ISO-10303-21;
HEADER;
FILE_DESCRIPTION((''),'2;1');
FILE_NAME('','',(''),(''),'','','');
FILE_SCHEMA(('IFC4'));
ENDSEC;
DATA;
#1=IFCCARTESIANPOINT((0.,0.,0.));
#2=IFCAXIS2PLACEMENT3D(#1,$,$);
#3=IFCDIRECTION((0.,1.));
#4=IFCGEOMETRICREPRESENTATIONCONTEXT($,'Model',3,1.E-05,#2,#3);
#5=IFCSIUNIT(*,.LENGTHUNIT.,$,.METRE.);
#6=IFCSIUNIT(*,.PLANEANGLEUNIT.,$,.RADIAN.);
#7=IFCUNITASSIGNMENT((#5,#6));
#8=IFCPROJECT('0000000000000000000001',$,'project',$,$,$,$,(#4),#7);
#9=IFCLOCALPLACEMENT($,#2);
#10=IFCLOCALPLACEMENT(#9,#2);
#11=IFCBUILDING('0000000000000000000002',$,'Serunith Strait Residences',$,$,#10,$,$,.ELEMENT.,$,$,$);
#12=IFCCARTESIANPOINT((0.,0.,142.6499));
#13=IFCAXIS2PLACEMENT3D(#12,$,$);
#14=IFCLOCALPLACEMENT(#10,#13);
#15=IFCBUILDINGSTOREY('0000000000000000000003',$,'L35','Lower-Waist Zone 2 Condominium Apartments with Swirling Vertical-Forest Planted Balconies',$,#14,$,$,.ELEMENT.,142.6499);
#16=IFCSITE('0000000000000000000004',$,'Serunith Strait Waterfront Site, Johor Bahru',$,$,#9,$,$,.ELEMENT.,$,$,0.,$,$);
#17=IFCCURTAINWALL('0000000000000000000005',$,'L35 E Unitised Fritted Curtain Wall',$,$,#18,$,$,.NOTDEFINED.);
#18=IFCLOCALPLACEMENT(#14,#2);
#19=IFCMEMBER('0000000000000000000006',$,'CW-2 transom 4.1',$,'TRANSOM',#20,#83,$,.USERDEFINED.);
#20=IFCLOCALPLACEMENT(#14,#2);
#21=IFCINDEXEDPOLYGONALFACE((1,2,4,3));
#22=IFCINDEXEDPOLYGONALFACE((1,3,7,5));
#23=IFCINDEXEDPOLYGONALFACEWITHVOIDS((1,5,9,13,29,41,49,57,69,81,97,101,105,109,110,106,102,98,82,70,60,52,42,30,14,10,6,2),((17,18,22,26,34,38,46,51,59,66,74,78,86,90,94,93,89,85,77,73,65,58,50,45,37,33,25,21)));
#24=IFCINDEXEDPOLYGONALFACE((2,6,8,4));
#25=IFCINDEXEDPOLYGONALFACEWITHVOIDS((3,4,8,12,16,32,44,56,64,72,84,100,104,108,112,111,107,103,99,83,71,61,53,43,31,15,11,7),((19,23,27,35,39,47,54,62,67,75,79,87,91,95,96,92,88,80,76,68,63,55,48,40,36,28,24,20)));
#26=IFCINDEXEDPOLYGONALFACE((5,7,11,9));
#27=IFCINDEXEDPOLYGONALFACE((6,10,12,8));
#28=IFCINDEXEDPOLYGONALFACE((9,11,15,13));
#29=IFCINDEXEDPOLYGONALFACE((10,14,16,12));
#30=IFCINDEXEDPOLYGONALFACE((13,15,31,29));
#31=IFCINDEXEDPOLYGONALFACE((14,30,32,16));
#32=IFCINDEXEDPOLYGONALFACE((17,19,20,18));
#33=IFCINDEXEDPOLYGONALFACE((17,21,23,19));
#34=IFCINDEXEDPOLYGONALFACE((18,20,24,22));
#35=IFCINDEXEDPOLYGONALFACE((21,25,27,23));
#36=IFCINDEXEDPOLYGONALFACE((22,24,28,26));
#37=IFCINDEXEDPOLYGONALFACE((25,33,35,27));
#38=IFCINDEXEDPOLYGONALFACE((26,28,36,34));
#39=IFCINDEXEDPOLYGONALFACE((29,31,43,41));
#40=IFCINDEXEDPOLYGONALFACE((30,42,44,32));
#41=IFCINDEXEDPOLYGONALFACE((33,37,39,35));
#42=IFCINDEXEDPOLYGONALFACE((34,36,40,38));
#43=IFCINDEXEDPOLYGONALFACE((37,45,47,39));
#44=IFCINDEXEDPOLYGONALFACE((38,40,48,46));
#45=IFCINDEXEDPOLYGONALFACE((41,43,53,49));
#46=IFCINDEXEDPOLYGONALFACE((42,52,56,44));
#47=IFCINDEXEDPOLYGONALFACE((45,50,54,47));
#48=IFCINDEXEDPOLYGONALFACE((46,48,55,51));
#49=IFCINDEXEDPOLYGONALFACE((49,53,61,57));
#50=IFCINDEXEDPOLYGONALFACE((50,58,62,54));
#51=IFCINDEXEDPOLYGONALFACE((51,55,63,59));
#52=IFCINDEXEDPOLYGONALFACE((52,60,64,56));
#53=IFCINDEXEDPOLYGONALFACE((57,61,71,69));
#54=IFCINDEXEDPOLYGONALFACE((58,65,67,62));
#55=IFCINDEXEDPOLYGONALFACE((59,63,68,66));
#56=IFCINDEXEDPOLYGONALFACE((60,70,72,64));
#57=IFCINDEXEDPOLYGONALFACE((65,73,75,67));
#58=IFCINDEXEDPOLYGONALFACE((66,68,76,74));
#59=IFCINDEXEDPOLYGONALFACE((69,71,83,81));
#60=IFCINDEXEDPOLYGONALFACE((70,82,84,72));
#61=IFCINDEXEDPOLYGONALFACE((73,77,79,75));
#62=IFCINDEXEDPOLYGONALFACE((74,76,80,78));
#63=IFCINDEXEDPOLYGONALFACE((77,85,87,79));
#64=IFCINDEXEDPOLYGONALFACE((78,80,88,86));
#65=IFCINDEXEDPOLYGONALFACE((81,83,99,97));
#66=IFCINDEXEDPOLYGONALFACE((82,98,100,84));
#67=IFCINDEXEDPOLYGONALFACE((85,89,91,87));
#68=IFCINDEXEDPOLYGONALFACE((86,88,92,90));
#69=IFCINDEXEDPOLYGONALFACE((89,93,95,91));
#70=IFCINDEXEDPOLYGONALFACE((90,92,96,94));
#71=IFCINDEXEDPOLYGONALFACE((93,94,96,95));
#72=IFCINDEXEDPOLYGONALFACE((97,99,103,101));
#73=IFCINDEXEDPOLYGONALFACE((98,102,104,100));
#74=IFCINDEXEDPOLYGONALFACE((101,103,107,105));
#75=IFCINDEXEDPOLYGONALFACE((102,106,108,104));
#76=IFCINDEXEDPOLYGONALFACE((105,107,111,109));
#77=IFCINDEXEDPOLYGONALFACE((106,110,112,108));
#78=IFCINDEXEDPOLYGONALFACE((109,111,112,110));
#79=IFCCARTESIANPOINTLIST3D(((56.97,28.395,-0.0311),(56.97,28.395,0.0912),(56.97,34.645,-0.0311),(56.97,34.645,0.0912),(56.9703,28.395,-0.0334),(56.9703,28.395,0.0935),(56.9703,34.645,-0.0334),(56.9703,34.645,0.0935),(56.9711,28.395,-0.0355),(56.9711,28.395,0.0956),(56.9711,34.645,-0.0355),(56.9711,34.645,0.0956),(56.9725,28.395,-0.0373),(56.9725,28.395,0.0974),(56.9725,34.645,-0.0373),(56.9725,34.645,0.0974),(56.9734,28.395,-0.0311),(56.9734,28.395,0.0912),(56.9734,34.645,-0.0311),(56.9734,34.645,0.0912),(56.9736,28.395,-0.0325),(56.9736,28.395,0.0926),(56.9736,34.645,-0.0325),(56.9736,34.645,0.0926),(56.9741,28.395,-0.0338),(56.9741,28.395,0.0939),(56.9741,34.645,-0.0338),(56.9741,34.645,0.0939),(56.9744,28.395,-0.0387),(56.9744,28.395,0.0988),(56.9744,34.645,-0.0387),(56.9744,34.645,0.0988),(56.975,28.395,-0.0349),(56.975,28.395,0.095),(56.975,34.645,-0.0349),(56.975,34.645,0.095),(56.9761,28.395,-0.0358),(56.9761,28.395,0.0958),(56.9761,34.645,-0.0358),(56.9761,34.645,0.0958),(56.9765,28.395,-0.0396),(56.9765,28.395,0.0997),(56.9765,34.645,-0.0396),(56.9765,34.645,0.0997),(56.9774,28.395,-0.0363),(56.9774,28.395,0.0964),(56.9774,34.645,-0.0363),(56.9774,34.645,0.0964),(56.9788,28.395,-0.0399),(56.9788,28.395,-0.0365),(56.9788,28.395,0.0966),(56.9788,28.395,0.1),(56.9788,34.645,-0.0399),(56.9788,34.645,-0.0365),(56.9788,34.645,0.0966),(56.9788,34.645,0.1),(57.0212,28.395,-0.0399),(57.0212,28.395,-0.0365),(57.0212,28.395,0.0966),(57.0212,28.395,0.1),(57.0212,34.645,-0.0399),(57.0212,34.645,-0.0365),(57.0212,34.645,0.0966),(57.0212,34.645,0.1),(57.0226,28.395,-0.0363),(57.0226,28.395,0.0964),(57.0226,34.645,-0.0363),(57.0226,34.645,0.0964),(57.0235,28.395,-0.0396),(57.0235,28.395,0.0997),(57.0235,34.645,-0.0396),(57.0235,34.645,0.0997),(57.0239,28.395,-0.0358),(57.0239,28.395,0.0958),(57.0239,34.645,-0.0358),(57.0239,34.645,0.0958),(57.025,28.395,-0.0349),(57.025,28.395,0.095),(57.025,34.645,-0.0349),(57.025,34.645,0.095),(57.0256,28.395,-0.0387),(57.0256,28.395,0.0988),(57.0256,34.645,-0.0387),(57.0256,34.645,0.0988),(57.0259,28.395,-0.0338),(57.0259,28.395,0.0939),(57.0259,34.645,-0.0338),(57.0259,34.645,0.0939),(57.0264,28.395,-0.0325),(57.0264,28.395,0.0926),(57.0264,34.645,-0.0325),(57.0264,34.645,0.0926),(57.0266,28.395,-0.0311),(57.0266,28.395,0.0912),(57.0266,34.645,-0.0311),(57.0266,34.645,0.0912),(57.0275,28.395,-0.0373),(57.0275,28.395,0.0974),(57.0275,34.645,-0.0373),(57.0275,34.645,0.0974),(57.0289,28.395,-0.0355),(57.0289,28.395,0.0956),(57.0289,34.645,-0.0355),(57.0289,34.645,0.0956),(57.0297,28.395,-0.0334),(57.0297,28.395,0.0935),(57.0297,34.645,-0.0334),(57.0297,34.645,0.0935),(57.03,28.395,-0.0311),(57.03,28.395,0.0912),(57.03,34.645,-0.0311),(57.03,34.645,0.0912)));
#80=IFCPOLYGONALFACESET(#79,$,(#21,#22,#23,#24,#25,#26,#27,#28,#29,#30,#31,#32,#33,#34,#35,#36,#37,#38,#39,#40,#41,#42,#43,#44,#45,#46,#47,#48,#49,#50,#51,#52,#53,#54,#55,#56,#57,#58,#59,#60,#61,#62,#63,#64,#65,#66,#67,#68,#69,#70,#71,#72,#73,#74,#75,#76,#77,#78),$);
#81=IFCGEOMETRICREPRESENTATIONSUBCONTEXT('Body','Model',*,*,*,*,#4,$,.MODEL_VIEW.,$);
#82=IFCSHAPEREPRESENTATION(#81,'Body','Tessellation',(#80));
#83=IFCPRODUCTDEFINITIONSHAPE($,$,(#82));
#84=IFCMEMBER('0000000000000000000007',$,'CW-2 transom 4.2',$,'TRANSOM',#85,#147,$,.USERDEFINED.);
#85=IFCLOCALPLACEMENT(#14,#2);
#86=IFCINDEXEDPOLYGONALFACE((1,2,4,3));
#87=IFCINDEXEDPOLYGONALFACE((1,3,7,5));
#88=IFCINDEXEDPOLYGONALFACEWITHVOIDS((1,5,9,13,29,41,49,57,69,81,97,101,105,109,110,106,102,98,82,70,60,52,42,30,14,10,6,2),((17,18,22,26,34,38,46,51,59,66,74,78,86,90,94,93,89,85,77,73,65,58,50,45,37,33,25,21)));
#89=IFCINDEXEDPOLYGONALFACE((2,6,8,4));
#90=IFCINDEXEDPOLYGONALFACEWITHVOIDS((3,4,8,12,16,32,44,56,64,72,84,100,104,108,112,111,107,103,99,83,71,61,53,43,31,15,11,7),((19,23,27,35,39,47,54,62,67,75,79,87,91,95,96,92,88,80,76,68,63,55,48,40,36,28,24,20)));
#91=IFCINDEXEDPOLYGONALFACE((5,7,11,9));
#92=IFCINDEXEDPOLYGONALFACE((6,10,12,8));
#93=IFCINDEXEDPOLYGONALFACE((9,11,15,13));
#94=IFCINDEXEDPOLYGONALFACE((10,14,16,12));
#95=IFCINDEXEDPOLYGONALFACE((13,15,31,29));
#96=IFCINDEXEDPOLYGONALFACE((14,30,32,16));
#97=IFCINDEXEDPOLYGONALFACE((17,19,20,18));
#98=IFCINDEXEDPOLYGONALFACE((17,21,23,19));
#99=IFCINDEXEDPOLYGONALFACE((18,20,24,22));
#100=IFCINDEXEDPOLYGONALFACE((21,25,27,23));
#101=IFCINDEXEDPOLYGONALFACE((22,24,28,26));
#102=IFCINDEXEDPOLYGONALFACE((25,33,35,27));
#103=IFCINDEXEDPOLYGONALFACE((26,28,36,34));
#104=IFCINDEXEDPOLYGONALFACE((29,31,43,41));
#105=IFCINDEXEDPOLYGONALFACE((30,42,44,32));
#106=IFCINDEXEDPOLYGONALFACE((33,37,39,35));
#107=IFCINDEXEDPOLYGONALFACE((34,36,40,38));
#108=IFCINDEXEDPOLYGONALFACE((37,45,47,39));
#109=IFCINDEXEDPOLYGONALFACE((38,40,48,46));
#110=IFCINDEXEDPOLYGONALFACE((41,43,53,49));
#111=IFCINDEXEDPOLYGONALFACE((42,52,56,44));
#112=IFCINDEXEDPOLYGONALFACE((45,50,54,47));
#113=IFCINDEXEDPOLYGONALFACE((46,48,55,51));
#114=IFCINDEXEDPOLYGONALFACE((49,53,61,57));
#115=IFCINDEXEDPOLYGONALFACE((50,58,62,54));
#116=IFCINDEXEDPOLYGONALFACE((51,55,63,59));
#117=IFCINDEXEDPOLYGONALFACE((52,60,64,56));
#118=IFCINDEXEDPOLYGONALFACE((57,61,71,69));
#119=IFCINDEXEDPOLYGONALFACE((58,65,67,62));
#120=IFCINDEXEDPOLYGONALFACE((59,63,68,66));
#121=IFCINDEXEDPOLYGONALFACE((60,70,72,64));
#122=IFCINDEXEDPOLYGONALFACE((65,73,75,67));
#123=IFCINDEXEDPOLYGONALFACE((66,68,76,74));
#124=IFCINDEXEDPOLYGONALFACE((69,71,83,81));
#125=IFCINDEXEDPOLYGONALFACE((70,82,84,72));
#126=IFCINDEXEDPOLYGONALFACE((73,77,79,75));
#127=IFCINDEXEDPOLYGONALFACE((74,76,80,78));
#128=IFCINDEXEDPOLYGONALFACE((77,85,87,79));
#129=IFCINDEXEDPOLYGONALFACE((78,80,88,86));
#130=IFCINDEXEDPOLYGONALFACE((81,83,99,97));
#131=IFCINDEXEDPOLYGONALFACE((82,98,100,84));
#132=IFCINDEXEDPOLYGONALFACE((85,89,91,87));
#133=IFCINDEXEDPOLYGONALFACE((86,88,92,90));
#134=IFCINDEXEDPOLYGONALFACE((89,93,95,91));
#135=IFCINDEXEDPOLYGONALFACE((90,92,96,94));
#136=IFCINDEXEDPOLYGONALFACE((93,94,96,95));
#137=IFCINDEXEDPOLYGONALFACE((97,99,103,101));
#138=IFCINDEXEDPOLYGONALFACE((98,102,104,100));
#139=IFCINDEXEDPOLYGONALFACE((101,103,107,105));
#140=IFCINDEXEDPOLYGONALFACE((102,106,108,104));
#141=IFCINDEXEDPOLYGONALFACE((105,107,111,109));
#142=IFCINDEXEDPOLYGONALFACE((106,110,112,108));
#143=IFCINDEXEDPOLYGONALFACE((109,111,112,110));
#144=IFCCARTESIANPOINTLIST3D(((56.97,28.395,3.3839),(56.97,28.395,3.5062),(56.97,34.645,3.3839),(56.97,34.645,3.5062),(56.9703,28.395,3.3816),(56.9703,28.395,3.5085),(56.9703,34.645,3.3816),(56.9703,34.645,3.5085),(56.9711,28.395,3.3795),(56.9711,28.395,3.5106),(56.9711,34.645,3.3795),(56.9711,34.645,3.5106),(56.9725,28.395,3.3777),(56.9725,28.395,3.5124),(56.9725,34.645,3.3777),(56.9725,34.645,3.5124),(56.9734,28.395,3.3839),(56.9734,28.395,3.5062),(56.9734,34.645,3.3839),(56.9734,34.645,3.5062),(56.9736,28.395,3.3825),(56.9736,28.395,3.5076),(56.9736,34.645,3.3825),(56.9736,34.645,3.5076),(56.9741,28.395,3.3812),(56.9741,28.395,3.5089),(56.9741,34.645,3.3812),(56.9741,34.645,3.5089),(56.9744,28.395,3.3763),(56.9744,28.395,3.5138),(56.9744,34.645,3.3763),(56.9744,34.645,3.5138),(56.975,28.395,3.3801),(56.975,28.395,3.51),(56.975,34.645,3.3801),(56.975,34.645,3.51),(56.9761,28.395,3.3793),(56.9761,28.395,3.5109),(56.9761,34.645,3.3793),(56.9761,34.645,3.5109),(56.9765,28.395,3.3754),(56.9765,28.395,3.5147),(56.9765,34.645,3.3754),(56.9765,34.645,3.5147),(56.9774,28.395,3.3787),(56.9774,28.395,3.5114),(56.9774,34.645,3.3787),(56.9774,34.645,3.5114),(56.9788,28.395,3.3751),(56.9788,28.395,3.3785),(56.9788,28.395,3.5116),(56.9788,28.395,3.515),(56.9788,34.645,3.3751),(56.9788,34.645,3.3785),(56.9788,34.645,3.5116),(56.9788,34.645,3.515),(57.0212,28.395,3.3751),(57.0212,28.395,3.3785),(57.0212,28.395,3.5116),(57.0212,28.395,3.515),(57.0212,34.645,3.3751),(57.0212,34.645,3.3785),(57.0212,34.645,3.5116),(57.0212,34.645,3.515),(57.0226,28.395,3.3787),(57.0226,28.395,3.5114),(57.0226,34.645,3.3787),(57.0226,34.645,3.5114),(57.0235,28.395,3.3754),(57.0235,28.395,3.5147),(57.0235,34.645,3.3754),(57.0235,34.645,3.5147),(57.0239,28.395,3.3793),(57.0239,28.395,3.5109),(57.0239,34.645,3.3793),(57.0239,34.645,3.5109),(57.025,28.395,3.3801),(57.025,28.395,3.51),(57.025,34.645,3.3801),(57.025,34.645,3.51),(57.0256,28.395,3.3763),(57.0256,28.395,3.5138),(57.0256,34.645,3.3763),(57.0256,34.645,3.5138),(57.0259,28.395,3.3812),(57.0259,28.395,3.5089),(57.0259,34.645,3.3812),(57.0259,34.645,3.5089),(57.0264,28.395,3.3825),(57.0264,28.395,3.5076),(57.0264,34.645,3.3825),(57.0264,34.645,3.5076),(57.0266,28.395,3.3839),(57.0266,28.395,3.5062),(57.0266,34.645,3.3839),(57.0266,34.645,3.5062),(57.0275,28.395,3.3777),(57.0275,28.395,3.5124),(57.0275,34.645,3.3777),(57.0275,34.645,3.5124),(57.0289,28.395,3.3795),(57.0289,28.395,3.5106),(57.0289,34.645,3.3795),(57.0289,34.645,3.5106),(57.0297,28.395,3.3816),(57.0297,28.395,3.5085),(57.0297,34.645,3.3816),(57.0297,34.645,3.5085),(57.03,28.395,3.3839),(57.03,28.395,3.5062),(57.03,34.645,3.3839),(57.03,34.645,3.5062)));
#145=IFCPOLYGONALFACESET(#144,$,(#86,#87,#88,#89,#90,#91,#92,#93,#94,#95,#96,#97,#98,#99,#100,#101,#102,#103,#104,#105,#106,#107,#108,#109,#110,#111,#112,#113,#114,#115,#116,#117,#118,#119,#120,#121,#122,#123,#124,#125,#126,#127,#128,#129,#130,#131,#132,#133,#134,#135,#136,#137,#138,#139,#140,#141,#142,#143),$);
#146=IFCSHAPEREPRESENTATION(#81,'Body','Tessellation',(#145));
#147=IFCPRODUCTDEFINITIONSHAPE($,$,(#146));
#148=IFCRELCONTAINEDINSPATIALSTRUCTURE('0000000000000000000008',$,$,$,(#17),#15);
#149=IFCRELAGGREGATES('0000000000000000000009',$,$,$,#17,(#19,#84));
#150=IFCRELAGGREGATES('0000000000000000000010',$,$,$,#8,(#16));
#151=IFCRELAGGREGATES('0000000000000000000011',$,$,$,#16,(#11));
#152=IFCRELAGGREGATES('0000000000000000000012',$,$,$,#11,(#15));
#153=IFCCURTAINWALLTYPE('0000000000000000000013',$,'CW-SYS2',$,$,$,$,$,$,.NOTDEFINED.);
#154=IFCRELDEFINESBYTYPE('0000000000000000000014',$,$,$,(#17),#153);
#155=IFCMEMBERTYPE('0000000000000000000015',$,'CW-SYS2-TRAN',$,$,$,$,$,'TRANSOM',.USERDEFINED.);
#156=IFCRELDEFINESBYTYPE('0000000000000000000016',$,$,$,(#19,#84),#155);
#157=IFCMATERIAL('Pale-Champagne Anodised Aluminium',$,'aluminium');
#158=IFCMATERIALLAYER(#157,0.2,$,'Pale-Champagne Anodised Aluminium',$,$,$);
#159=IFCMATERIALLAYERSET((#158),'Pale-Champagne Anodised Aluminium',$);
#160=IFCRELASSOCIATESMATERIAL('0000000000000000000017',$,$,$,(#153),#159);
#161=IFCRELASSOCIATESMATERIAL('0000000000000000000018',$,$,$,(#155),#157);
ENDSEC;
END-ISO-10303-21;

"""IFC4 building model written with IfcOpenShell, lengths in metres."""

from ifc_helpers import new_model, si_unit, direction, frame, origin, origin_2d, place, context, subcontext, project, spatial, hollow_rectangle, extrude, source, transform, mapped, material, layer, layer_set, material_profile, profile_set, type_object, element, aggregate, save


model = new_model("IFC4")

# Units and contexts
model_context = context("Model", 3, precision=1e-05, world=origin(), true_north=direction((0.0, 1.0)))
body_context = subcontext(model_context, "Body", "Model", "MODEL_VIEW")
ifc_project = project(units=[si_unit("LENGTHUNIT", "METRE"), si_unit("PLANEANGLEUNIT", "RADIAN")], contexts=[model_context])

# Site, building, storey
site_placement = place(None, origin())
site = spatial("IfcSite", under=ifc_project, at=site_placement, Name="Serunith Strait Waterfront Site, Johor Bahru", CompositionType="ELEMENT", RefElevation=0.0)
building_placement = place(site_placement, origin())
building = spatial("IfcBuilding", under=site, at=building_placement, Name="Serunith Strait Residences", CompositionType="ELEMENT")
storey_placement = place(building_placement, frame((0.0, 0.0, 142.6499)))
storey = spatial("IfcBuildingStorey", under=building, at=storey_placement, Name="L35", Description="Lower-Waist Zone 2 Condominium Apartments with Swirling Vertical-Forest Planted Balconies", CompositionType="ELEMENT", Elevation=142.6499)

# Curtain wall, members
ifc_material_1 = material(Name="Pale-Champagne Anodised Aluminium", Category="aluminium")
ifc_layer_1 = layer(ifc_material_1, 0.2, Name="Pale-Champagne Anodised Aluminium")
ifc_layer_set_1 = layer_set([ifc_layer_1], Name="Pale-Champagne Anodised Aluminium")
curtain_wall_type = type_object("IfcCurtainWallType", Name="CW-SYS2", PredefinedType="NOTDEFINED", material=ifc_layer_set_1)
curtain_wall_placement = place(storey_placement, origin())
curtain_wall = element("IfcCurtainWall", 1, at=curtain_wall_placement, inside=storey, type_object=curtain_wall_type, Name="L35 E Unitised Fritted Curtain Wall", PredefinedType="NOTDEFINED")
ifc_material_profile_1 = material_profile(ifc_material_1, hollow_rectangle(XDim=0.0601, YDim=0.1399, WallThickness=0.0034, InnerFilletRadius=0.0054, OuterFilletRadius=0.0088, at=origin_2d()), Name="ALU 140x60x3.5")
ifc_profile_set_1 = profile_set([ifc_material_profile_1], Name="Pale-Champagne Anodised Aluminium")
member_type_1 = type_object("IfcMemberType", Name="CW-SYS2-TRAN", ElementType="TRANSOM", PredefinedType="USERDEFINED", material=ifc_profile_set_1)
shared_shape_1 = source(origin(), body_context, "Body", "SweptSolid", [
    extrude(hollow_rectangle(XDim=0.0601, YDim=0.1399, WallThickness=0.0034, InnerFilletRadius=0.0054, OuterFilletRadius=0.0088, at=origin_2d()), origin(), (0.0, 0.0, 1.0), 6.25),
])
member_1_placement = place(storey_placement, frame((57.0, 28.395, 0.03), z_axis=(0.0, 1.0, 0.0), x_axis=(-1.0, 0.0, 0.0)))
member_1 = element("IfcMember", 2, at=member_1_placement, type_object=member_type_1, Name="CW-2 transom 4.1", ObjectType="TRANSOM", PredefinedType="USERDEFINED", context=body_context, shape_type="MappedRepresentation", body=[
    mapped(shared_shape_1, transform((0.0, 0.0, 0.0), scale=1.0)),
])
member_2_placement = place(storey_placement, frame((57.0, 28.395, 3.4451), z_axis=(0.0, 1.0, 0.0), x_axis=(-1.0, 0.0, 0.0)))
member_2 = element("IfcMember", 3, at=member_2_placement, type_object=member_type_1, Name="CW-2 transom 4.2", ObjectType="TRANSOM", PredefinedType="USERDEFINED", context=body_context, shape_type="MappedRepresentation", body=[
    mapped(shared_shape_1, transform((0.0, 0.0, 0.0), scale=1.0)),
])
aggregate(curtain_wall, [member_1, member_2])

save(model, "model.ifc")
